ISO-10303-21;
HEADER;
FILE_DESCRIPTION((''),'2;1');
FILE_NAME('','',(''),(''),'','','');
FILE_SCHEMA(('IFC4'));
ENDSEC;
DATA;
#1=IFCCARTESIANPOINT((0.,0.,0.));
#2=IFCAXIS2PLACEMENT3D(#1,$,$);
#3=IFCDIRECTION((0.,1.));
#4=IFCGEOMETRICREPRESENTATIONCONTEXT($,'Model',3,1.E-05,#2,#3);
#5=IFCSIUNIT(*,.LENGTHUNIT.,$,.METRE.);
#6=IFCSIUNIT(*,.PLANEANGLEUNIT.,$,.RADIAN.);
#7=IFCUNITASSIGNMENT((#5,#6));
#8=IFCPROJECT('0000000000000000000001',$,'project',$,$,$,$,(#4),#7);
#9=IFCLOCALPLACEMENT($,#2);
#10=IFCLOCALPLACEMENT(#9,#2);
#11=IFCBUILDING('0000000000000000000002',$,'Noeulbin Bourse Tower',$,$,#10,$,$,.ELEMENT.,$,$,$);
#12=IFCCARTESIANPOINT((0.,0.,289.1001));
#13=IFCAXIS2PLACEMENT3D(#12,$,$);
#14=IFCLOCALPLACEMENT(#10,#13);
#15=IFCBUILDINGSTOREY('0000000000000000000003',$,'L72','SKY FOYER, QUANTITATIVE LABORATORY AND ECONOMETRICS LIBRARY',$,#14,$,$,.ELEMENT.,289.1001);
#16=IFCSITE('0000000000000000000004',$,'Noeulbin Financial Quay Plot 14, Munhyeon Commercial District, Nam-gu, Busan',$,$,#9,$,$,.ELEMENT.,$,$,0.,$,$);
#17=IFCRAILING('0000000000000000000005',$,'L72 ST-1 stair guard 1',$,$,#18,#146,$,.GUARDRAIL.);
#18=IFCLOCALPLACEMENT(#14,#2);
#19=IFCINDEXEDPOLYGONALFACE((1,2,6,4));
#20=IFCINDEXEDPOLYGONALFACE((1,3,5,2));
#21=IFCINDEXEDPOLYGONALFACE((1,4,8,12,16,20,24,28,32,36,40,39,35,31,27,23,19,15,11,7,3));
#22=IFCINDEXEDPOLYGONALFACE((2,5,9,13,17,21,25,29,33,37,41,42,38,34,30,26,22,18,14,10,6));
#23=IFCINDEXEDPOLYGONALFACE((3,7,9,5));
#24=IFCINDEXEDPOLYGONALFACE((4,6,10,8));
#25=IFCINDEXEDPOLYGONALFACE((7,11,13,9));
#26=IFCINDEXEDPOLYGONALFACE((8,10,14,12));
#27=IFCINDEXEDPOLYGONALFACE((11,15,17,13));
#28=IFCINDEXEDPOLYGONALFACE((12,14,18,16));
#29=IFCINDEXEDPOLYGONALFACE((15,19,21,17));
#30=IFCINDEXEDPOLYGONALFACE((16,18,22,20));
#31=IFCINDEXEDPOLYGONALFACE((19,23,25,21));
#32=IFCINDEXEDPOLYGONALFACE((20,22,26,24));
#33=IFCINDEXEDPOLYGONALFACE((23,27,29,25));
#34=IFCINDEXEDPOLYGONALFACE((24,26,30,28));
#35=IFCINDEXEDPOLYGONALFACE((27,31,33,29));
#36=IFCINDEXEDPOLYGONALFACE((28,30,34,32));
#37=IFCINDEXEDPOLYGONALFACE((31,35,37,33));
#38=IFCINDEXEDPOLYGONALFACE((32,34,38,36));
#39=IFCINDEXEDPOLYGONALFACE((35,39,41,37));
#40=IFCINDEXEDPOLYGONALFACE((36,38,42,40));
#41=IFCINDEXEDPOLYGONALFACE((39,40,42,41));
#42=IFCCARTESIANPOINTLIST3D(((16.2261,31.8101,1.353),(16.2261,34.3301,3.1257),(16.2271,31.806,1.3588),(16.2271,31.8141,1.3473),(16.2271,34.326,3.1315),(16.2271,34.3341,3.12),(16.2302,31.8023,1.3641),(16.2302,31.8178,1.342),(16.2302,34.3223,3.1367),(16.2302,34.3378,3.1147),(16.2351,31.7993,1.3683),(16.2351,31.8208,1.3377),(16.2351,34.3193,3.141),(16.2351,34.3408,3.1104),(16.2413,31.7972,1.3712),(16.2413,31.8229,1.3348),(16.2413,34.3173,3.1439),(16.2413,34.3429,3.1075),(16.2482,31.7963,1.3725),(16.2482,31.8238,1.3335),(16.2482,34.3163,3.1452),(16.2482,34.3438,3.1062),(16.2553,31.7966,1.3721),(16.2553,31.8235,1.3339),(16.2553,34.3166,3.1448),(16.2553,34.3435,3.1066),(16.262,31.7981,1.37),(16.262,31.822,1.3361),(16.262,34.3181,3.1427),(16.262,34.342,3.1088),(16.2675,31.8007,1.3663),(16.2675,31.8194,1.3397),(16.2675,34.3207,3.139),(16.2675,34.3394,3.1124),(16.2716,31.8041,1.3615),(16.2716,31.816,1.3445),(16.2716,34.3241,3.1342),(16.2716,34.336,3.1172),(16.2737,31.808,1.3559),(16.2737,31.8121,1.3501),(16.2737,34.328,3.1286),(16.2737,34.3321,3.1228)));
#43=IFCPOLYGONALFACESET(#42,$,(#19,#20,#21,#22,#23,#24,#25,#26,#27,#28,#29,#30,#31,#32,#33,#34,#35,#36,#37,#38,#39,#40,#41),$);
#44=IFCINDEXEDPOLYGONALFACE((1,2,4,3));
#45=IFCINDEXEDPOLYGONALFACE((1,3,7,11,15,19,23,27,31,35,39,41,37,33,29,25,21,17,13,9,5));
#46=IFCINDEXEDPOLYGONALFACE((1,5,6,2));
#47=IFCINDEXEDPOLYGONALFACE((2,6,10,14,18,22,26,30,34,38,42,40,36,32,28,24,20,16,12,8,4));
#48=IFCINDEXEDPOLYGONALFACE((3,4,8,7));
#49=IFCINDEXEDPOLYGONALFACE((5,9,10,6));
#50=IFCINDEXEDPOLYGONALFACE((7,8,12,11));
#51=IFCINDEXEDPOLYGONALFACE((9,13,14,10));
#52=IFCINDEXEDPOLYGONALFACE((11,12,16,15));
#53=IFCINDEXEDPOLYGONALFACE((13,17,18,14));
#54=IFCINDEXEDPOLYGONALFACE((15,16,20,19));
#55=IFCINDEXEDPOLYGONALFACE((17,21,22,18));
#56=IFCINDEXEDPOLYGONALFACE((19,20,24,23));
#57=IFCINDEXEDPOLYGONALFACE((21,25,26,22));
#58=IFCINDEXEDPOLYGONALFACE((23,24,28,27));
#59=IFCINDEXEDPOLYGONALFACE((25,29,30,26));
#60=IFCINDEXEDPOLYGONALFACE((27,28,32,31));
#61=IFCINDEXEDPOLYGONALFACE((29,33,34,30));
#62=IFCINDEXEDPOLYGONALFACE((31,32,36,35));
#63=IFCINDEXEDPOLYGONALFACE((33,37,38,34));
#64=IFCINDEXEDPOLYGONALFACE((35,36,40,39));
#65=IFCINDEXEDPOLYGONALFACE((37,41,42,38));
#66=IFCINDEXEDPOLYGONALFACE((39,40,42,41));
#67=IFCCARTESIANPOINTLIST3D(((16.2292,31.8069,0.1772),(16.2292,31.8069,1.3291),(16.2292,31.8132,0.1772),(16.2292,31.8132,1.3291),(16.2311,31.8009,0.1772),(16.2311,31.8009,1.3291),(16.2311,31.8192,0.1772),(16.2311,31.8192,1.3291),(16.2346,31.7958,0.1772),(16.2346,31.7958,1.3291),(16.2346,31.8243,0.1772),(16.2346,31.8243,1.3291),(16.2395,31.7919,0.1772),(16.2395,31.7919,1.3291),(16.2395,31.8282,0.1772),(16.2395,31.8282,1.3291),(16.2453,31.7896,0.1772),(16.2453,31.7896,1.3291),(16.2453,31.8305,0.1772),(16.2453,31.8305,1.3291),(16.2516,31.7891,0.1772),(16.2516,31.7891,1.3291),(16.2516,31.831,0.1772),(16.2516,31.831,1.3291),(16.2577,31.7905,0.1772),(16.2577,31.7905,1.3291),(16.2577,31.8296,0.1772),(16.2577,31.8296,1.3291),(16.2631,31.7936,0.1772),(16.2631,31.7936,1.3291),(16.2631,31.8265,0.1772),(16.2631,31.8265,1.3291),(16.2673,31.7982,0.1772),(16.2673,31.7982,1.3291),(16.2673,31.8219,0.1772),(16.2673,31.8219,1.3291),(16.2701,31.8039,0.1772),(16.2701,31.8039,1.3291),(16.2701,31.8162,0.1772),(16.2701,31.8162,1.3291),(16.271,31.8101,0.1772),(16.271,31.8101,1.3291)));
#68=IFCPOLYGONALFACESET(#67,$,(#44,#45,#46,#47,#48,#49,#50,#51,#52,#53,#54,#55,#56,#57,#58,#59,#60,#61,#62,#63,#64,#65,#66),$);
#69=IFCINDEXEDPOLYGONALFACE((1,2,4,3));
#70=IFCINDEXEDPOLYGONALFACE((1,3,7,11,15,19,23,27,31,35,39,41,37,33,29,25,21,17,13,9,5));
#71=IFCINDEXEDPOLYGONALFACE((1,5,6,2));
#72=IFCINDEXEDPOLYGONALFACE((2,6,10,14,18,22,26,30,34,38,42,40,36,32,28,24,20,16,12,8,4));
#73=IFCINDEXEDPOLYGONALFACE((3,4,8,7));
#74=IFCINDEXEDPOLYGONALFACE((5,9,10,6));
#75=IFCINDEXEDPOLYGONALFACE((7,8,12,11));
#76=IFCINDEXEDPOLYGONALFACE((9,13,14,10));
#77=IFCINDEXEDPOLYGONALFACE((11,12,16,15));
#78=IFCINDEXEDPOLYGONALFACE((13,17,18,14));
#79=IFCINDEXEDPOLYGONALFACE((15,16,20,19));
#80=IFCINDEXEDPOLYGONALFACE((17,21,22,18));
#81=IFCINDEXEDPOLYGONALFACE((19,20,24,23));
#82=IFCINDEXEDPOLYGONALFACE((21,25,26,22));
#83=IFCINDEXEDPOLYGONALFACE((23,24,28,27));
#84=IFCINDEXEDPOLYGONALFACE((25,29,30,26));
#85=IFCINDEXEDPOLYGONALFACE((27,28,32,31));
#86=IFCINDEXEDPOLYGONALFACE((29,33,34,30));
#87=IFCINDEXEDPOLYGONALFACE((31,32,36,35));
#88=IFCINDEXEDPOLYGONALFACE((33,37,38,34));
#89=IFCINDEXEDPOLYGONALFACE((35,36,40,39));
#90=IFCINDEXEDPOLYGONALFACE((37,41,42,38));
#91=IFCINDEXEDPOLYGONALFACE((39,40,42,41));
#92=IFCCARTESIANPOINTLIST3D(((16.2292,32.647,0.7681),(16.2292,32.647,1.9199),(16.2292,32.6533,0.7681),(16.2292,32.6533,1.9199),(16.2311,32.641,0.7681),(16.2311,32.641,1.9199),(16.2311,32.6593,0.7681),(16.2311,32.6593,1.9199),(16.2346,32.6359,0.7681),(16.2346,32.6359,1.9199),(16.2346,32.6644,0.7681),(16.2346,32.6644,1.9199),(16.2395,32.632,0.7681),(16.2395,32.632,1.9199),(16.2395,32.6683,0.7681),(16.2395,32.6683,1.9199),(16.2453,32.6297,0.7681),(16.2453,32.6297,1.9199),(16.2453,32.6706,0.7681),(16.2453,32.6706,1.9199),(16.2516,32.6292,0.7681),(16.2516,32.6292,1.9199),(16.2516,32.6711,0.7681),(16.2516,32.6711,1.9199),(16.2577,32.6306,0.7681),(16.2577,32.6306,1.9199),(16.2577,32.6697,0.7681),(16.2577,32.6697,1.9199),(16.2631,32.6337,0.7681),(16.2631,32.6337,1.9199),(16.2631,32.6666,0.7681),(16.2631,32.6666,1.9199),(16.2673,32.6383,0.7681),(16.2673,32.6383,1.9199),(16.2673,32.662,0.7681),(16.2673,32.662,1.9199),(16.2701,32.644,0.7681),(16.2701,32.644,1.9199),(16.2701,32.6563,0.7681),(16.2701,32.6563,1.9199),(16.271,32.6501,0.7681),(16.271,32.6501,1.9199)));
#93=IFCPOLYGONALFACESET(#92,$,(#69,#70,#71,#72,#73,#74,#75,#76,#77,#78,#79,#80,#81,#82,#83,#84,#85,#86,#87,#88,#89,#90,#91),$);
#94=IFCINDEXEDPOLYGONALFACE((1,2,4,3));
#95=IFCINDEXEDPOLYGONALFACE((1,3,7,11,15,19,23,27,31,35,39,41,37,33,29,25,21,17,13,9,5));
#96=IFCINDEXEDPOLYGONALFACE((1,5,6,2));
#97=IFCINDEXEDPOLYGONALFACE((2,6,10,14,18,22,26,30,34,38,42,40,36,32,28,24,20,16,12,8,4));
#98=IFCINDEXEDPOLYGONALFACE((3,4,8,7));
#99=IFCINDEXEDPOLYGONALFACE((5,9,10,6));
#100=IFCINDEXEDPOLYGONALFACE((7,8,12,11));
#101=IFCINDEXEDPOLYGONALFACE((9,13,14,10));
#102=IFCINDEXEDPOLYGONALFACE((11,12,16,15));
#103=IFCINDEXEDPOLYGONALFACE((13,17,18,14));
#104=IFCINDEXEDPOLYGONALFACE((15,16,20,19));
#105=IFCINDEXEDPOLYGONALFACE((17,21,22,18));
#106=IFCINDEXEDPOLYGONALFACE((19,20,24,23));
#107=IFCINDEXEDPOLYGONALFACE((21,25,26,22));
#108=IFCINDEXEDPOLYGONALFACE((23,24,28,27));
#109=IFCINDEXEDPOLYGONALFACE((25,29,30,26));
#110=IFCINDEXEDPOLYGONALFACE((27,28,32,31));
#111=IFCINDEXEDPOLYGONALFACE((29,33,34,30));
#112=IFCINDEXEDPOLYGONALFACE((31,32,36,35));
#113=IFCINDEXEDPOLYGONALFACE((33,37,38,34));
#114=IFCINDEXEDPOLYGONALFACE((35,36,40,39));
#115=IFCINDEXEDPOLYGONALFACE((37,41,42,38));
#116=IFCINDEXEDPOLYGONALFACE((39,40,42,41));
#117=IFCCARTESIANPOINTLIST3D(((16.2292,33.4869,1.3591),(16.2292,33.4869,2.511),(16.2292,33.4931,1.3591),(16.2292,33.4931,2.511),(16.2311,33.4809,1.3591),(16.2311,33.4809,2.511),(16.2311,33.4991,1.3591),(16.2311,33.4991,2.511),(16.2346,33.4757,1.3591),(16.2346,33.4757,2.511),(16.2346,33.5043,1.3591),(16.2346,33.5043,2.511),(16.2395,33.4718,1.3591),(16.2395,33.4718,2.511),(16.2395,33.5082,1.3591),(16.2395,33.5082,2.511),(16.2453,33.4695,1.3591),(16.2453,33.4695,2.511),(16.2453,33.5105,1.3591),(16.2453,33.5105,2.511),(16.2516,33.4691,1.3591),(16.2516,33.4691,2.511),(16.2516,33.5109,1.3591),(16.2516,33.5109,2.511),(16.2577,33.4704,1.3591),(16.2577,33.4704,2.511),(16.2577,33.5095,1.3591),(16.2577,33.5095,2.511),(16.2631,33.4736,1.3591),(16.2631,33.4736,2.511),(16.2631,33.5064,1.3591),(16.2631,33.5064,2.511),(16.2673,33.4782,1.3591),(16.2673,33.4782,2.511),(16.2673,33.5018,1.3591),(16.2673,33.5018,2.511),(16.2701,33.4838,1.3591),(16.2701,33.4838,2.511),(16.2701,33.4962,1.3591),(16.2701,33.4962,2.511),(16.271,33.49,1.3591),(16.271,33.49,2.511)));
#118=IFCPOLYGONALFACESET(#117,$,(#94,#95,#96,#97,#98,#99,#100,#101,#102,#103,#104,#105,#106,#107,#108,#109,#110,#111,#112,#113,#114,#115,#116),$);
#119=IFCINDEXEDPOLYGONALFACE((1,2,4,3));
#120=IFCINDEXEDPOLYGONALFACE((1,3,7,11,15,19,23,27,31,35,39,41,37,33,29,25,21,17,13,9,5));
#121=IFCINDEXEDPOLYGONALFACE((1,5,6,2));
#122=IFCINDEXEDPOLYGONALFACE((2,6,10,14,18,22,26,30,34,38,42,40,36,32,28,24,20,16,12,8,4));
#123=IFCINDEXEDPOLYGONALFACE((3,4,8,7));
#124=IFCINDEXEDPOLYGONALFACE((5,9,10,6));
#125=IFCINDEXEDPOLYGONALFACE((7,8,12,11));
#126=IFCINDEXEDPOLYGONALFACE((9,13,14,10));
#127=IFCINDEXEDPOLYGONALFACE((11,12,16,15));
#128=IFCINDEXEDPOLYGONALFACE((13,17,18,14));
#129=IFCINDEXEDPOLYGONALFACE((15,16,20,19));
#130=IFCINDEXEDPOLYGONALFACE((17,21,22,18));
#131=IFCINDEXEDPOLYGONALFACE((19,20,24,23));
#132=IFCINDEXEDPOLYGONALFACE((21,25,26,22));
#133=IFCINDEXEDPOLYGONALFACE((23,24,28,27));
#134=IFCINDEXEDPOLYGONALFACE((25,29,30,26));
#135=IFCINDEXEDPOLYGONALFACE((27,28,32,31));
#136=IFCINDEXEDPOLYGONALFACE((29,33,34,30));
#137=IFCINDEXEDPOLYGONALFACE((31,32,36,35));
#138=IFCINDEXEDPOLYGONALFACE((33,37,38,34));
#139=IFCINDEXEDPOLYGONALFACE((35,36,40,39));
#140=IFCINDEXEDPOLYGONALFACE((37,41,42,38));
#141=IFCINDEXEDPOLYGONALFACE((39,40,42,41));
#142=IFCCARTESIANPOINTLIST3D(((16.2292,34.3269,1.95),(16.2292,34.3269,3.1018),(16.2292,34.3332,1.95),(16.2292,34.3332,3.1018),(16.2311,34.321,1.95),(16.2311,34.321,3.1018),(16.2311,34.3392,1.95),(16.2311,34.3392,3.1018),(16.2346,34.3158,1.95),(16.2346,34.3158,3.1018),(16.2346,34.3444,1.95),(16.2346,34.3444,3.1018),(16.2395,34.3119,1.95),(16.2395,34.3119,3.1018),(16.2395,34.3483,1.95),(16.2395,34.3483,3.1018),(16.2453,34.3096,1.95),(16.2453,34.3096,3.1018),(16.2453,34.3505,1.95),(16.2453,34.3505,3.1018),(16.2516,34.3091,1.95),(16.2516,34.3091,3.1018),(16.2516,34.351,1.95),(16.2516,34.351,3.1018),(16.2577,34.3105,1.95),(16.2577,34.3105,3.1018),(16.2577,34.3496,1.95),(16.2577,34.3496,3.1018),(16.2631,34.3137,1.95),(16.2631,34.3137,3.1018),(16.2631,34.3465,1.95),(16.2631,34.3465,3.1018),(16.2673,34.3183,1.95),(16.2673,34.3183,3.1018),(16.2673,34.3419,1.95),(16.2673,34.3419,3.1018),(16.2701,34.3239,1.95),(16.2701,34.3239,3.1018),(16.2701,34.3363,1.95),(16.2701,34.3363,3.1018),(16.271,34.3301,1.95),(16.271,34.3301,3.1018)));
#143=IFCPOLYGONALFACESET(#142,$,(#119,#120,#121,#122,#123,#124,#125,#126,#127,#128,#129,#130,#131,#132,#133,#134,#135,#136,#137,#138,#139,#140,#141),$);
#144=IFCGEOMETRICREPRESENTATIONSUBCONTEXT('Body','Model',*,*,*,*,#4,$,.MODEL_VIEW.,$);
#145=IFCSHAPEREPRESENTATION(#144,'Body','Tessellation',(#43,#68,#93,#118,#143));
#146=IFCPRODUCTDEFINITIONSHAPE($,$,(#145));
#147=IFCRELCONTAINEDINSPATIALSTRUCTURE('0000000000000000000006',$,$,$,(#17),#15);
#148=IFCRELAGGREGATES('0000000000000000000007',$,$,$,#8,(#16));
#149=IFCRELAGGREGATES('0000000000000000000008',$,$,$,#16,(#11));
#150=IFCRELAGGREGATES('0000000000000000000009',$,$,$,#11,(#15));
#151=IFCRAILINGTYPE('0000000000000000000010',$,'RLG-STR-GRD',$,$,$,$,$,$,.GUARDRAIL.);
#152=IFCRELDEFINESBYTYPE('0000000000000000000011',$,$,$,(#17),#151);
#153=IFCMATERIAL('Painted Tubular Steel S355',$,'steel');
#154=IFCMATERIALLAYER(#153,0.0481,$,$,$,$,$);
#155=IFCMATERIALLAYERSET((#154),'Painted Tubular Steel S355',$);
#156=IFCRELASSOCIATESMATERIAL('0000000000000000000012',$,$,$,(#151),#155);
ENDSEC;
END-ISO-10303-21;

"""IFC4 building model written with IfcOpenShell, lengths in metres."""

from ifc_helpers import new_model, si_unit, direction, frame, origin, origin_2d, place, context, subcontext, project, spatial, circle, extrude, material, layer, layer_set, type_object, element, save


model = new_model("IFC4")

# Units and contexts
model_context = context("Model", 3, precision=1e-05, world=origin(), true_north=direction((0.0, 1.0)))
body_context = subcontext(model_context, "Body", "Model", "MODEL_VIEW")
ifc_project = project(units=[si_unit("LENGTHUNIT", "METRE"), si_unit("PLANEANGLEUNIT", "RADIAN")], contexts=[model_context])

# Site, building, storey
site_placement = place(None, origin())
site = spatial("IfcSite", under=ifc_project, at=site_placement, Name="Noeulbin Financial Quay Plot 14, Munhyeon Commercial District, Nam-gu, Busan", CompositionType="ELEMENT", RefElevation=0.0)
building_placement = place(site_placement, origin())
building = spatial("IfcBuilding", under=site, at=building_placement, Name="Noeulbin Bourse Tower", CompositionType="ELEMENT")
storey_placement = place(building_placement, frame((0.0, 0.0, 289.1001)))
storey = spatial("IfcBuildingStorey", under=building, at=storey_placement, Name="L72", Description="SKY FOYER, QUANTITATIVE LABORATORY AND ECONOMETRICS LIBRARY", CompositionType="ELEMENT", Elevation=289.1001)

# Railing
ifc_material_1 = material(Name="Painted Tubular Steel S355", Category="steel")
ifc_layer_1 = layer(ifc_material_1, 0.0481)
ifc_layer_set_1 = layer_set([ifc_layer_1], Name="Painted Tubular Steel S355")
railing_type_1 = type_object("IfcRailingType", Name="RLG-STR-GRD", PredefinedType="GUARDRAIL", material=ifc_layer_set_1)
railing_1_placement = place(storey_placement, frame((16.25, 31.8101, 0.1772)))
element("IfcRailing", 1, at=railing_1_placement, inside=storey, type_object=railing_type_1, Name="L72 ST-1 stair guard 1", PredefinedType="GUARDRAIL", context=body_context, shape_type="SweptSolid", body=[
    extrude(circle(Radius=0.0239, at=origin_2d()), frame((0.0, 0.0, 1.1758), z_axis=(0.0, 0.817904, 0.575354), x_axis=(-1.0, 0.0, 0.0)), (0.0, 0.0, 1.0), 3.0811),
    extrude(circle(Radius=0.021, at=origin_2d()), origin(), (0.0, 0.0, 1.0), 1.1519),
    extrude(circle(Radius=0.021, at=origin_2d()), frame((0.0, 0.8401, 0.5908)), (0.0, 0.0, 1.0), 1.1519),
    extrude(circle(Radius=0.021, at=origin_2d()), frame((0.0, 1.6799, 1.1819)), (0.0, 0.0, 1.0), 1.1519),
    extrude(circle(Radius=0.021, at=origin_2d()), frame((0.0, 2.52, 1.7727)), (0.0, 0.0, 1.0), 1.1519),
])

save(model, "model.ifc")
